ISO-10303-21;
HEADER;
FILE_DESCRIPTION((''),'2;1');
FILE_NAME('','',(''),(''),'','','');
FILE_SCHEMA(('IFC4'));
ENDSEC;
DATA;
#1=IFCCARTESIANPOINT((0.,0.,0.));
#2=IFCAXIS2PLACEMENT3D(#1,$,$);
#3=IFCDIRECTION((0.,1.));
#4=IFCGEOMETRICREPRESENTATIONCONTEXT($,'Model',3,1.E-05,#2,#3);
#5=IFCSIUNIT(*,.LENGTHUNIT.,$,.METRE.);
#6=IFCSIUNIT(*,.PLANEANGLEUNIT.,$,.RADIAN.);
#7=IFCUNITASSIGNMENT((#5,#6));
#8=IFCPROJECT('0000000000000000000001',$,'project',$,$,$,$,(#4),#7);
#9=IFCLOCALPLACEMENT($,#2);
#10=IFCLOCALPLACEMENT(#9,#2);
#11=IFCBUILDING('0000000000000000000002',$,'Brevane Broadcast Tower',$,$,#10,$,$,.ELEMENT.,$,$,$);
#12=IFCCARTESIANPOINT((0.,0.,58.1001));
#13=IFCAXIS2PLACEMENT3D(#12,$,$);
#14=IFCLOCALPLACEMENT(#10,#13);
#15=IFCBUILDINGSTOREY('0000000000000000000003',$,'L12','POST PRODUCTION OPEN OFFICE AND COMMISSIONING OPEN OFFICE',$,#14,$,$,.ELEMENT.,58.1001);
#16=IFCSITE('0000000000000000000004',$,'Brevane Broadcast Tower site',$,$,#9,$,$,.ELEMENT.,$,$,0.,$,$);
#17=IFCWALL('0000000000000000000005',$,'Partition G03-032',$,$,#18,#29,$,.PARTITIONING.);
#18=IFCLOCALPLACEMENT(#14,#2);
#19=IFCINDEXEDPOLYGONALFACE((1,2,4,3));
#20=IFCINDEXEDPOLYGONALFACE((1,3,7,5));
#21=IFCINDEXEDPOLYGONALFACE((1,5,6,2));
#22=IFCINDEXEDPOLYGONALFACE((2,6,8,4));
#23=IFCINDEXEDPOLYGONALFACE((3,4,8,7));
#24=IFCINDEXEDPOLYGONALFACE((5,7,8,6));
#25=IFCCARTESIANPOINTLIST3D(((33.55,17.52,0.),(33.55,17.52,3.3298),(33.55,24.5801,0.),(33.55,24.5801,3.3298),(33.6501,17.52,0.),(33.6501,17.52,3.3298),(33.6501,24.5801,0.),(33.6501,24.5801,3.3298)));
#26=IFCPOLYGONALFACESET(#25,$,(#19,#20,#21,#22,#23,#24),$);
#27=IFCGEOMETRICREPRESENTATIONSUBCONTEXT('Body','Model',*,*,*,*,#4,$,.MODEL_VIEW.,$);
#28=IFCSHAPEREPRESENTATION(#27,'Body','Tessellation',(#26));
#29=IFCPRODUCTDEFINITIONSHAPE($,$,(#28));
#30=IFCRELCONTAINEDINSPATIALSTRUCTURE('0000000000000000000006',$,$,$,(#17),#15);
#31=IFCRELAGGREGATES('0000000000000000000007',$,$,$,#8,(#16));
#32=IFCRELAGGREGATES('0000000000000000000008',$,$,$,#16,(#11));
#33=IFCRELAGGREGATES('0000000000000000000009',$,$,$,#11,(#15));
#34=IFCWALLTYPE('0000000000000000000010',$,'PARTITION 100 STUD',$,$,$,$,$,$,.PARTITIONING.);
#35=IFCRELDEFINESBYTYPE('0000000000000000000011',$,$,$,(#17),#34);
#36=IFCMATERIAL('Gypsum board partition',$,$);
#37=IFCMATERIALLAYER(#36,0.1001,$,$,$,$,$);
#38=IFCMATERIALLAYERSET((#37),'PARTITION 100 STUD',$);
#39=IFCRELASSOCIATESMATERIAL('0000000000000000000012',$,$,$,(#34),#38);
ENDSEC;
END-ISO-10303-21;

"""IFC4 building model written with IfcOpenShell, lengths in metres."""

from ifc_helpers import new_model, si_unit, direction, frame, frame_2d, origin, place, context, subcontext, project, spatial, rectangle, extrude, material, layer, layer_set, type_object, element, save


model = new_model("IFC4")

# Units and contexts
model_context = context("Model", 3, precision=1e-05, world=origin(), true_north=direction((0.0, 1.0)))
body_context = subcontext(model_context, "Body", "Model", "MODEL_VIEW")
ifc_project = project(units=[si_unit("LENGTHUNIT", "METRE"), si_unit("PLANEANGLEUNIT", "RADIAN")], contexts=[model_context])

# Site, building, storey
site_placement = place(None, origin())
site = spatial("IfcSite", under=ifc_project, at=site_placement, Name="Brevane Broadcast Tower site", CompositionType="ELEMENT", RefElevation=0.0)
building_placement = place(site_placement, origin())
building = spatial("IfcBuilding", under=site, at=building_placement, Name="Brevane Broadcast Tower", CompositionType="ELEMENT")
storey_placement = place(building_placement, frame((0.0, 0.0, 58.1001)))
storey = spatial("IfcBuildingStorey", under=building, at=storey_placement, Name="L12", Description="POST PRODUCTION OPEN OFFICE AND COMMISSIONING OPEN OFFICE", CompositionType="ELEMENT", Elevation=58.1001)

# Wall
ifc_material_1 = material(Name="Gypsum board partition")
ifc_layer = layer(ifc_material_1, 0.1001)
ifc_layer_set = layer_set([ifc_layer], Name="PARTITION 100 STUD")
wall_type = type_object("IfcWallType", Name="PARTITION 100 STUD", PredefinedType="PARTITIONING", material=ifc_layer_set)
wall_1_placement = place(storey_placement, frame((33.6001, 24.5801, 0.0), z_axis=(0.0, 0.0, 1.0), x_axis=(0.0, -1.0, 0.0)))
element("IfcWall", 1, at=wall_1_placement, inside=storey, type_object=wall_type, Name="Partition G03-032", PredefinedType="PARTITIONING", context=body_context, shape_type="SweptSolid", body=[
    extrude(rectangle(XDim=7.0601, YDim=0.1001, at=frame_2d((3.53, 0.0))), origin(), (0.0, 0.0, 1.0), 3.3298),
])

save(model, "model.ifc")
